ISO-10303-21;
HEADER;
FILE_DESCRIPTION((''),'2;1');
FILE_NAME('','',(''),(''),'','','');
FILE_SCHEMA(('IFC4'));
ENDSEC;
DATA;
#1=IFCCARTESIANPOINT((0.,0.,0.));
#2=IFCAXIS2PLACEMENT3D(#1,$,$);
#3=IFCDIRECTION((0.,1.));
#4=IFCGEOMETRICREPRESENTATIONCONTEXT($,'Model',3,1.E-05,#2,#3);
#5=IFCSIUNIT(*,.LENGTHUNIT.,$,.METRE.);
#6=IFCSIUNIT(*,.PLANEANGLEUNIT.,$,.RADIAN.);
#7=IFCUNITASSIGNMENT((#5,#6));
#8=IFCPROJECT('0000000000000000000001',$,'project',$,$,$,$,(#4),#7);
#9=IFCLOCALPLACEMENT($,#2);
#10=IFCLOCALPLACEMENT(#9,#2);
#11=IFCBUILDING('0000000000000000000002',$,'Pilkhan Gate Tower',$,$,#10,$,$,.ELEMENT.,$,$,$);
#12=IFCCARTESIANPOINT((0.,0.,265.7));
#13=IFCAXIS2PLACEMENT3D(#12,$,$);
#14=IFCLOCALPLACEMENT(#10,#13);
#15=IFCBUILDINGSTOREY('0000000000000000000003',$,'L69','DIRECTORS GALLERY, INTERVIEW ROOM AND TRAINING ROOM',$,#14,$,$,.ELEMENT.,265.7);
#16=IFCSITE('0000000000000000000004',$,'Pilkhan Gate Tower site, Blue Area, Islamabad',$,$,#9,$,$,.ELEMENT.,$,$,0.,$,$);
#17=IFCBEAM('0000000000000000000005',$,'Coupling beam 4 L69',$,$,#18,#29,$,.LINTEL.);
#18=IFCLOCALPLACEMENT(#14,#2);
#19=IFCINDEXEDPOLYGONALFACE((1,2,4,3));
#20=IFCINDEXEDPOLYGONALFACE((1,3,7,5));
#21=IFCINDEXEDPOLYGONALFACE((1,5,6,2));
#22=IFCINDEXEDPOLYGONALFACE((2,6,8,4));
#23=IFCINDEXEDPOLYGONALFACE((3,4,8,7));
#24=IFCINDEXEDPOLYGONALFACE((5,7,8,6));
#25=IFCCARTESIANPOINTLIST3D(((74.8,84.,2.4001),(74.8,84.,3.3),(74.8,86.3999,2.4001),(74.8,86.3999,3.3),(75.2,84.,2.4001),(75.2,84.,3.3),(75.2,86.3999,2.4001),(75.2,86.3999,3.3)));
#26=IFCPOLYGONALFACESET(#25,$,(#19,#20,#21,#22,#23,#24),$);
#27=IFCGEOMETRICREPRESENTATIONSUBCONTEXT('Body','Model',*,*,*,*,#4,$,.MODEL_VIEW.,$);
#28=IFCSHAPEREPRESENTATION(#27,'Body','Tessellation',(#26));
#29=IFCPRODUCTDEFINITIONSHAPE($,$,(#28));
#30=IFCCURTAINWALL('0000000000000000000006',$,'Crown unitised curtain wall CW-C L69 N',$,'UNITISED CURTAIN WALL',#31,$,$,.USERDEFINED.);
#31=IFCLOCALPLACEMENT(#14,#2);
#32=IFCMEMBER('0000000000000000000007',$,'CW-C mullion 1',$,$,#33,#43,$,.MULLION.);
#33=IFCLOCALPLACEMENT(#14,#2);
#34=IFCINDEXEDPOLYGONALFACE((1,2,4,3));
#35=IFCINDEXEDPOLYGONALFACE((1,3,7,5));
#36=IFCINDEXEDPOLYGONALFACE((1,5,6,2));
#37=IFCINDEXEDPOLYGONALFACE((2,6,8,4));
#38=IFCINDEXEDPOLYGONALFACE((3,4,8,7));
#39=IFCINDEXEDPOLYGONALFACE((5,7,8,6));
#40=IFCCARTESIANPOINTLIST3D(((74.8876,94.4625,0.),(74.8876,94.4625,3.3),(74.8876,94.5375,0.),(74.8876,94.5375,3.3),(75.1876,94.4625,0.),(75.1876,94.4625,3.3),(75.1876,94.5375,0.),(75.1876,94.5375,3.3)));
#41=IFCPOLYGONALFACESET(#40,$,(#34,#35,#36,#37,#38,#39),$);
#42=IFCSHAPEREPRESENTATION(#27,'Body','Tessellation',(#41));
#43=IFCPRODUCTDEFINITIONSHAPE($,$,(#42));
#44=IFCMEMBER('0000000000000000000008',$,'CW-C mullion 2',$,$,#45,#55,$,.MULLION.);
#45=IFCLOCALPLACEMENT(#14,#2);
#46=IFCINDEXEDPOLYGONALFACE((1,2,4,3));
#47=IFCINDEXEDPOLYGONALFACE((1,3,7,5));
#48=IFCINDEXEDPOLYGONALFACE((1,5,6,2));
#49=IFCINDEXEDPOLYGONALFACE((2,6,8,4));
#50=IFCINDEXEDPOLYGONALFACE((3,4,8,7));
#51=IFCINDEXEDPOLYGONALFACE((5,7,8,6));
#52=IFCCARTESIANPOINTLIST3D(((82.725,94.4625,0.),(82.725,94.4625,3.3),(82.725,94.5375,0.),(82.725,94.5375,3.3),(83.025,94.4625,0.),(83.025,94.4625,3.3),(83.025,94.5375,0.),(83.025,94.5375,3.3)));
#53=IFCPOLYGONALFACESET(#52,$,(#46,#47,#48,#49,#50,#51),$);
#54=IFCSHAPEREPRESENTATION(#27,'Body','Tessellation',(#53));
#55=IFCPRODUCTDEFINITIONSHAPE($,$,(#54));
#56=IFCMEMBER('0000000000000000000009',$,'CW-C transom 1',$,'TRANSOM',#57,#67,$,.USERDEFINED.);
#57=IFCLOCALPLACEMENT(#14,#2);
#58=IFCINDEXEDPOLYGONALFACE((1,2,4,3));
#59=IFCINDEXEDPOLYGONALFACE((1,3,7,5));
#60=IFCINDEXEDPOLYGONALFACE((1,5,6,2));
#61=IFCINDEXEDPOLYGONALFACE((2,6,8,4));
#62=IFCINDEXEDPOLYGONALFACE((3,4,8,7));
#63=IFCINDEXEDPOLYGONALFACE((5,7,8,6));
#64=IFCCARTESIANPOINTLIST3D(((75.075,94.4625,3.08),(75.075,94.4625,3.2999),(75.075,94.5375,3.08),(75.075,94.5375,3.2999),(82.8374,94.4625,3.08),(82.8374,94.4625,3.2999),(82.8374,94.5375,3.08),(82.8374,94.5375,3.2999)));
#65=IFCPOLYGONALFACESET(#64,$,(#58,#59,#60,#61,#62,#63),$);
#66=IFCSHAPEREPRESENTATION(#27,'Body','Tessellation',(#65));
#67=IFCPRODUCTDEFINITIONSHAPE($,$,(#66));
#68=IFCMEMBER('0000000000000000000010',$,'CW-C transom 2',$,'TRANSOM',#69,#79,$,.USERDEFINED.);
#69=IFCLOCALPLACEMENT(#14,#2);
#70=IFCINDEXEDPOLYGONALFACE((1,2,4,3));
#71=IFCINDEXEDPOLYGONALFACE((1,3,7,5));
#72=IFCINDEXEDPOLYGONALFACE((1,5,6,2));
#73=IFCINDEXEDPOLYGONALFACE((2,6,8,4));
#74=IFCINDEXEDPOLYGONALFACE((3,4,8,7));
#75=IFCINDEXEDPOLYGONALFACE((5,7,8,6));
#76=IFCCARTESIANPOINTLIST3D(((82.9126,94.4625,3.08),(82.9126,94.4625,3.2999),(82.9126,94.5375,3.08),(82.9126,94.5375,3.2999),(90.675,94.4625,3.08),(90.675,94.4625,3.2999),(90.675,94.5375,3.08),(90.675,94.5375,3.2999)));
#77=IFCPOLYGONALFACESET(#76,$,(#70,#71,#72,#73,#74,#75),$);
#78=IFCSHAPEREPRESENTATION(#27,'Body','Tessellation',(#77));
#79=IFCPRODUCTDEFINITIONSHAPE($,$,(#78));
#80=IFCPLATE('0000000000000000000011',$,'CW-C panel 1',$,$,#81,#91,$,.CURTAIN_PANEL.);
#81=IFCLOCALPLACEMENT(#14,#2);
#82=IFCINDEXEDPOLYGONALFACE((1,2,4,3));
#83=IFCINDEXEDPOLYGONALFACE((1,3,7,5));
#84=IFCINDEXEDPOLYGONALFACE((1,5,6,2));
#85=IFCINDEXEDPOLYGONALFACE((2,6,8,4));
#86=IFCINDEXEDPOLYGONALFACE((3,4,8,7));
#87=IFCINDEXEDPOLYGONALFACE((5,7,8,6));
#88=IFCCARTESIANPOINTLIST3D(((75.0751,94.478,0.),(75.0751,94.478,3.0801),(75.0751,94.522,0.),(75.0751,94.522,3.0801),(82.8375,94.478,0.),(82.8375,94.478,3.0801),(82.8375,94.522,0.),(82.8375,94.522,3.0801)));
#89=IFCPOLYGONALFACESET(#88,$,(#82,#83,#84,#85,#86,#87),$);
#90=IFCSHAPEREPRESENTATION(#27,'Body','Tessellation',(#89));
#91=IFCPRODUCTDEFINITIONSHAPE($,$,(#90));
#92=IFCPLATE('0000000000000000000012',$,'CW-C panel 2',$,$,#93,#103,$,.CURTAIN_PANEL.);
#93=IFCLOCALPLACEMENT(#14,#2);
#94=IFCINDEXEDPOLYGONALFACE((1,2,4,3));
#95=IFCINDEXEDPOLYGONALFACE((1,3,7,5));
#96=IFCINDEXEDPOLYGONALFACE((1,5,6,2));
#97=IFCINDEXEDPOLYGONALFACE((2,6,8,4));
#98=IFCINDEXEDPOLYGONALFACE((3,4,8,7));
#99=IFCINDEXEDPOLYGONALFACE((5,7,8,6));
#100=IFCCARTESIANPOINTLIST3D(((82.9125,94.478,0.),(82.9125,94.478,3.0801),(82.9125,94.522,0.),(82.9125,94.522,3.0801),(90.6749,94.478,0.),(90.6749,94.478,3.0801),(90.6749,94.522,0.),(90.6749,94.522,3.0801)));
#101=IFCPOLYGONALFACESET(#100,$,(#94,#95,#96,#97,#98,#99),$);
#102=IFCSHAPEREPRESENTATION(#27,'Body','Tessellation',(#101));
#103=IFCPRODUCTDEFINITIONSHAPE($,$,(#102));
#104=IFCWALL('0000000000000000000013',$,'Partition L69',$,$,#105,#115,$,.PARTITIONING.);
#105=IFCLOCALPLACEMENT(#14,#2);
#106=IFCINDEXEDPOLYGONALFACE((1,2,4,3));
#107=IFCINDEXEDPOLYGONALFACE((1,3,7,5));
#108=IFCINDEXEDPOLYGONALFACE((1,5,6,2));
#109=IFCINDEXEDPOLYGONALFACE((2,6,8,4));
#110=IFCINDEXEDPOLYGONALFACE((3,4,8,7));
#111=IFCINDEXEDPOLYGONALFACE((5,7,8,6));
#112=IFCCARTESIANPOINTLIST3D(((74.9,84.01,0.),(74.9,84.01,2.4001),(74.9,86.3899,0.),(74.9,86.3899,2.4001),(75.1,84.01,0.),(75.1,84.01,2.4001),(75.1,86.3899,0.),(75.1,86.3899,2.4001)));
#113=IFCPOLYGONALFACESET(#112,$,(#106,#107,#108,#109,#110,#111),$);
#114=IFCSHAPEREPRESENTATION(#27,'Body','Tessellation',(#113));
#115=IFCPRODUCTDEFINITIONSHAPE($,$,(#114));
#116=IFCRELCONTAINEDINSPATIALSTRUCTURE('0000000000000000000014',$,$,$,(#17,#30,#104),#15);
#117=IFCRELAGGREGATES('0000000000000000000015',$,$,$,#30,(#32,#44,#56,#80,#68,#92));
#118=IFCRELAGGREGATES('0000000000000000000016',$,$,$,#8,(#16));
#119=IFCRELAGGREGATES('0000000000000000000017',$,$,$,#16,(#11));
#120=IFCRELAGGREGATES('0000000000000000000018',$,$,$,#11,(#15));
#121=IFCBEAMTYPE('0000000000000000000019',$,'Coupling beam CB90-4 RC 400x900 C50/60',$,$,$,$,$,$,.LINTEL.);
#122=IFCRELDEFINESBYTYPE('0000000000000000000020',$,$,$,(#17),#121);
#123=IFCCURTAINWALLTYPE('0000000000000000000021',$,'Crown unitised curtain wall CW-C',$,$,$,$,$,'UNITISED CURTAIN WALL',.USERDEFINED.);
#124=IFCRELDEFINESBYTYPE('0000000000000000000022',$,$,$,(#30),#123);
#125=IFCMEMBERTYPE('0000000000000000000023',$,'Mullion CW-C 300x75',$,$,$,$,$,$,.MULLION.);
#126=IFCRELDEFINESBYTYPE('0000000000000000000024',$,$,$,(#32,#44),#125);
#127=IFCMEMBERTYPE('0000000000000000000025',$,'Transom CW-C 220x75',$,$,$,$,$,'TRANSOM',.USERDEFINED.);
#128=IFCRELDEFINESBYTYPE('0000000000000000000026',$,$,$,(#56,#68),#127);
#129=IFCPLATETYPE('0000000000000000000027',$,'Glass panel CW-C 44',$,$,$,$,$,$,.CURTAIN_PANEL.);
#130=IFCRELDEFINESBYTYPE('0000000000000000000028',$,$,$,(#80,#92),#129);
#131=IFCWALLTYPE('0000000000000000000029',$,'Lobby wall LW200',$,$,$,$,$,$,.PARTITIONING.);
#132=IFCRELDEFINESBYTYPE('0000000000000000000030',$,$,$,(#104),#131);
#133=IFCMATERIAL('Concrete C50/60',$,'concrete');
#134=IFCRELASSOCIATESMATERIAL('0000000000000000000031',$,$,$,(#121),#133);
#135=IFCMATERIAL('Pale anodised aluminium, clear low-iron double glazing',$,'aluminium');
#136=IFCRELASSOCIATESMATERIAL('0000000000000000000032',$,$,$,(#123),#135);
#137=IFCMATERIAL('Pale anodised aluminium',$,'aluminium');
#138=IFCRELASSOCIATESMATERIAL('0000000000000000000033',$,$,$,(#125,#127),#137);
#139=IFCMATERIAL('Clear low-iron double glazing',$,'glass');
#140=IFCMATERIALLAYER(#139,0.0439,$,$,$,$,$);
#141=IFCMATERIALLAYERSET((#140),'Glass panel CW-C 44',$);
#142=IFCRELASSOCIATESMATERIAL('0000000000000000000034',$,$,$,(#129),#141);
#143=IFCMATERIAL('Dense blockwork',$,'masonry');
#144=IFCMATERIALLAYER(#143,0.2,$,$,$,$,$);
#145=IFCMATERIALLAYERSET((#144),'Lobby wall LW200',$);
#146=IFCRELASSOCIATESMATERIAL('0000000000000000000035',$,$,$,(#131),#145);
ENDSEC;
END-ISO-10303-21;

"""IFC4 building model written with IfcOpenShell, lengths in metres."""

from ifc_helpers import new_model, si_unit, direction, frame, frame_2d, origin, origin_2d, place, context, subcontext, project, spatial, rectangle, extrude, material, layer, layer_set, material_profile, profile_set, type_object, element, aggregate, save


model = new_model("IFC4")

# Units and contexts
model_context = context("Model", 3, precision=1e-05, world=origin(), true_north=direction((0.0, 1.0)))
body_context = subcontext(model_context, "Body", "Model", "MODEL_VIEW")
ifc_project = project(units=[si_unit("LENGTHUNIT", "METRE"), si_unit("PLANEANGLEUNIT", "RADIAN")], contexts=[model_context])

# Site, building, storey
site_placement = place(None, origin())
site = spatial("IfcSite", under=ifc_project, at=site_placement, Name="Pilkhan Gate Tower site, Blue Area, Islamabad", CompositionType="ELEMENT", RefElevation=0.0)
building_placement = place(site_placement, origin())
building = spatial("IfcBuilding", under=site, at=building_placement, Name="Pilkhan Gate Tower", CompositionType="ELEMENT")
storey_placement = place(building_placement, frame((0.0, 0.0, 265.7)))
storey = spatial("IfcBuildingStorey", under=building, at=storey_placement, Name="L69", Description="DIRECTORS GALLERY, INTERVIEW ROOM AND TRAINING ROOM", CompositionType="ELEMENT", Elevation=265.7)

# Beam
ifc_material_1 = material(Name="Concrete C50/60", Category="concrete")
ifc_material_profile_1 = material_profile(ifc_material_1, rectangle(XDim=0.3999, YDim=0.8999, at=origin_2d()), Name="RC 400x900")
ifc_profile_set_1 = profile_set([ifc_material_profile_1], Name="Concrete C50/60")
beam_type = type_object("IfcBeamType", Name="Coupling beam CB90-4 RC 400x900 C50/60", PredefinedType="LINTEL", material=ifc_profile_set_1)
beam_placement = place(storey_placement, frame((75.0, 84.0, 2.8501), z_axis=(0.0, 1.0, 0.0), x_axis=(-1.0, 0.0, 0.0)))
element("IfcBeam", 1, at=beam_placement, inside=storey, type_object=beam_type, Name="Coupling beam 4 L69", PredefinedType="LINTEL", context=body_context, shape_type="SweptSolid", body=[
    extrude(rectangle(XDim=0.3999, YDim=0.8999, at=origin_2d()), origin(), (0.0, 0.0, 1.0), 2.3999),
])

# Curtain wall, members, plates
ifc_material_2 = material(Name="Pale anodised aluminium, clear low-iron double glazing", Category="aluminium")
curtain_wall_type = type_object("IfcCurtainWallType", Name="Crown unitised curtain wall CW-C", ElementType="UNITISED CURTAIN WALL", PredefinedType="USERDEFINED", material=ifc_material_2)
curtain_wall_placement = place(storey_placement, origin())
curtain_wall = element("IfcCurtainWall", 2, at=curtain_wall_placement, inside=storey, type_object=curtain_wall_type, Name="Crown unitised curtain wall CW-C L69 N", ObjectType="UNITISED CURTAIN WALL", PredefinedType="USERDEFINED")
ifc_material_3 = material(Name="Pale anodised aluminium", Category="aluminium")
ifc_material_profile_2 = material_profile(ifc_material_3, rectangle(XDim=0.075, YDim=0.3, at=origin_2d()), Name="Mullion 300x75")
ifc_profile_set_2 = profile_set([ifc_material_profile_2], Name="Pale anodised aluminium")
member_type_1 = type_object("IfcMemberType", Name="Mullion CW-C 300x75", PredefinedType="MULLION", material=ifc_profile_set_2)
member_1_placement = place(storey_placement, frame((75.0376, 94.5, 0.0), z_axis=(0.0, 0.0, 1.0), x_axis=(0.0, 1.0, 0.0)))
member_1 = element("IfcMember", 3, at=member_1_placement, type_object=member_type_1, Name="CW-C mullion 1", PredefinedType="MULLION", context=body_context, shape_type="SweptSolid", body=[
    extrude(rectangle(XDim=0.075, YDim=0.3, at=origin_2d()), origin(), (0.0, 0.0, 1.0), 3.3),
])
member_2_placement = place(storey_placement, frame((82.875, 94.5, 0.0), z_axis=(0.0, 0.0, 1.0), x_axis=(0.0, 1.0, 0.0)))
member_2 = element("IfcMember", 4, at=member_2_placement, type_object=member_type_1, Name="CW-C mullion 2", PredefinedType="MULLION", context=body_context, shape_type="SweptSolid", body=[
    extrude(rectangle(XDim=0.075, YDim=0.3, at=origin_2d()), origin(), (0.0, 0.0, 1.0), 3.3),
])
ifc_material_profile_3 = material_profile(ifc_material_3, rectangle(XDim=0.075, YDim=0.22, at=origin_2d()), Name="Transom 220x75")
ifc_profile_set_3 = profile_set([ifc_material_profile_3], Name="Pale anodised aluminium")
member_type_2 = type_object("IfcMemberType", Name="Transom CW-C 220x75", ElementType="TRANSOM", PredefinedType="USERDEFINED", material=ifc_profile_set_3)
member_3_placement = place(storey_placement, frame((75.075, 94.5, 3.1899), z_axis=(1.0, 0.0, 0.0), x_axis=(0.0, 1.0, 0.0)))
member_3 = element("IfcMember", 5, at=member_3_placement, type_object=member_type_2, Name="CW-C transom 1", ObjectType="TRANSOM", PredefinedType="USERDEFINED", context=body_context, shape_type="SweptSolid", body=[
    extrude(rectangle(XDim=0.075, YDim=0.22, at=origin_2d()), origin(), (0.0, 0.0, 1.0), 7.7625),
])
member_4_placement = place(storey_placement, frame((82.9126, 94.5, 3.1899), z_axis=(1.0, 0.0, 0.0), x_axis=(0.0, 1.0, 0.0)))
member_4 = element("IfcMember", 6, at=member_4_placement, type_object=member_type_2, Name="CW-C transom 2", ObjectType="TRANSOM", PredefinedType="USERDEFINED", context=body_context, shape_type="SweptSolid", body=[
    extrude(rectangle(XDim=0.075, YDim=0.22, at=origin_2d()), origin(), (0.0, 0.0, 1.0), 7.7625),
])
ifc_material_4 = material(Name="Clear low-iron double glazing", Category="glass")
ifc_layer_1 = layer(ifc_material_4, 0.0439)
ifc_layer_set_1 = layer_set([ifc_layer_1], Name="Glass panel CW-C 44")
plate_type = type_object("IfcPlateType", Name="Glass panel CW-C 44", PredefinedType="CURTAIN_PANEL", material=ifc_layer_set_1)
plate_1_placement = place(storey_placement, frame((78.9563, 94.5, 0.0), z_axis=(0.0, 0.0, 1.0), x_axis=(1.0, 0.0, 0.0)))
plate_1 = element("IfcPlate", 7, at=plate_1_placement, type_object=plate_type, Name="CW-C panel 1", PredefinedType="CURTAIN_PANEL", context=body_context, shape_type="SweptSolid", body=[
    extrude(rectangle(XDim=7.7625, YDim=0.0439, at=origin_2d()), origin(), (0.0, 0.0, 1.0), 3.0801),
])
plate_2_placement = place(storey_placement, frame((86.7937, 94.5, 0.0), z_axis=(0.0, 0.0, 1.0), x_axis=(1.0, 0.0, 0.0)))
plate_2 = element("IfcPlate", 8, at=plate_2_placement, type_object=plate_type, Name="CW-C panel 2", PredefinedType="CURTAIN_PANEL", context=body_context, shape_type="SweptSolid", body=[
    extrude(rectangle(XDim=7.7625, YDim=0.0439, at=origin_2d()), origin(), (0.0, 0.0, 1.0), 3.0801),
])
aggregate(curtain_wall, [member_1, member_2, member_3, plate_1, member_4, plate_2])

# Wall
ifc_material_5 = material(Name="Dense blockwork", Category="masonry")
ifc_layer_2 = layer(ifc_material_5, 0.2)
ifc_layer_set_2 = layer_set([ifc_layer_2], Name="Lobby wall LW200")
wall_type_1 = type_object("IfcWallType", Name="Lobby wall LW200", PredefinedType="PARTITIONING", material=ifc_layer_set_2)
wall_1_placement = place(storey_placement, frame((75.0, 84.01, 0.0), z_axis=(0.0, 0.0, 1.0), x_axis=(0.0, 1.0, 0.0)))
element("IfcWall", 9, at=wall_1_placement, inside=storey, type_object=wall_type_1, Name="Partition L69", PredefinedType="PARTITIONING", context=body_context, shape_type="SweptSolid", body=[
    extrude(rectangle(XDim=2.3799, YDim=0.2, at=frame_2d((1.1899, 0.0))), origin(), (0.0, 0.0, 1.0), 2.4001),
])

save(model, "model.ifc")
